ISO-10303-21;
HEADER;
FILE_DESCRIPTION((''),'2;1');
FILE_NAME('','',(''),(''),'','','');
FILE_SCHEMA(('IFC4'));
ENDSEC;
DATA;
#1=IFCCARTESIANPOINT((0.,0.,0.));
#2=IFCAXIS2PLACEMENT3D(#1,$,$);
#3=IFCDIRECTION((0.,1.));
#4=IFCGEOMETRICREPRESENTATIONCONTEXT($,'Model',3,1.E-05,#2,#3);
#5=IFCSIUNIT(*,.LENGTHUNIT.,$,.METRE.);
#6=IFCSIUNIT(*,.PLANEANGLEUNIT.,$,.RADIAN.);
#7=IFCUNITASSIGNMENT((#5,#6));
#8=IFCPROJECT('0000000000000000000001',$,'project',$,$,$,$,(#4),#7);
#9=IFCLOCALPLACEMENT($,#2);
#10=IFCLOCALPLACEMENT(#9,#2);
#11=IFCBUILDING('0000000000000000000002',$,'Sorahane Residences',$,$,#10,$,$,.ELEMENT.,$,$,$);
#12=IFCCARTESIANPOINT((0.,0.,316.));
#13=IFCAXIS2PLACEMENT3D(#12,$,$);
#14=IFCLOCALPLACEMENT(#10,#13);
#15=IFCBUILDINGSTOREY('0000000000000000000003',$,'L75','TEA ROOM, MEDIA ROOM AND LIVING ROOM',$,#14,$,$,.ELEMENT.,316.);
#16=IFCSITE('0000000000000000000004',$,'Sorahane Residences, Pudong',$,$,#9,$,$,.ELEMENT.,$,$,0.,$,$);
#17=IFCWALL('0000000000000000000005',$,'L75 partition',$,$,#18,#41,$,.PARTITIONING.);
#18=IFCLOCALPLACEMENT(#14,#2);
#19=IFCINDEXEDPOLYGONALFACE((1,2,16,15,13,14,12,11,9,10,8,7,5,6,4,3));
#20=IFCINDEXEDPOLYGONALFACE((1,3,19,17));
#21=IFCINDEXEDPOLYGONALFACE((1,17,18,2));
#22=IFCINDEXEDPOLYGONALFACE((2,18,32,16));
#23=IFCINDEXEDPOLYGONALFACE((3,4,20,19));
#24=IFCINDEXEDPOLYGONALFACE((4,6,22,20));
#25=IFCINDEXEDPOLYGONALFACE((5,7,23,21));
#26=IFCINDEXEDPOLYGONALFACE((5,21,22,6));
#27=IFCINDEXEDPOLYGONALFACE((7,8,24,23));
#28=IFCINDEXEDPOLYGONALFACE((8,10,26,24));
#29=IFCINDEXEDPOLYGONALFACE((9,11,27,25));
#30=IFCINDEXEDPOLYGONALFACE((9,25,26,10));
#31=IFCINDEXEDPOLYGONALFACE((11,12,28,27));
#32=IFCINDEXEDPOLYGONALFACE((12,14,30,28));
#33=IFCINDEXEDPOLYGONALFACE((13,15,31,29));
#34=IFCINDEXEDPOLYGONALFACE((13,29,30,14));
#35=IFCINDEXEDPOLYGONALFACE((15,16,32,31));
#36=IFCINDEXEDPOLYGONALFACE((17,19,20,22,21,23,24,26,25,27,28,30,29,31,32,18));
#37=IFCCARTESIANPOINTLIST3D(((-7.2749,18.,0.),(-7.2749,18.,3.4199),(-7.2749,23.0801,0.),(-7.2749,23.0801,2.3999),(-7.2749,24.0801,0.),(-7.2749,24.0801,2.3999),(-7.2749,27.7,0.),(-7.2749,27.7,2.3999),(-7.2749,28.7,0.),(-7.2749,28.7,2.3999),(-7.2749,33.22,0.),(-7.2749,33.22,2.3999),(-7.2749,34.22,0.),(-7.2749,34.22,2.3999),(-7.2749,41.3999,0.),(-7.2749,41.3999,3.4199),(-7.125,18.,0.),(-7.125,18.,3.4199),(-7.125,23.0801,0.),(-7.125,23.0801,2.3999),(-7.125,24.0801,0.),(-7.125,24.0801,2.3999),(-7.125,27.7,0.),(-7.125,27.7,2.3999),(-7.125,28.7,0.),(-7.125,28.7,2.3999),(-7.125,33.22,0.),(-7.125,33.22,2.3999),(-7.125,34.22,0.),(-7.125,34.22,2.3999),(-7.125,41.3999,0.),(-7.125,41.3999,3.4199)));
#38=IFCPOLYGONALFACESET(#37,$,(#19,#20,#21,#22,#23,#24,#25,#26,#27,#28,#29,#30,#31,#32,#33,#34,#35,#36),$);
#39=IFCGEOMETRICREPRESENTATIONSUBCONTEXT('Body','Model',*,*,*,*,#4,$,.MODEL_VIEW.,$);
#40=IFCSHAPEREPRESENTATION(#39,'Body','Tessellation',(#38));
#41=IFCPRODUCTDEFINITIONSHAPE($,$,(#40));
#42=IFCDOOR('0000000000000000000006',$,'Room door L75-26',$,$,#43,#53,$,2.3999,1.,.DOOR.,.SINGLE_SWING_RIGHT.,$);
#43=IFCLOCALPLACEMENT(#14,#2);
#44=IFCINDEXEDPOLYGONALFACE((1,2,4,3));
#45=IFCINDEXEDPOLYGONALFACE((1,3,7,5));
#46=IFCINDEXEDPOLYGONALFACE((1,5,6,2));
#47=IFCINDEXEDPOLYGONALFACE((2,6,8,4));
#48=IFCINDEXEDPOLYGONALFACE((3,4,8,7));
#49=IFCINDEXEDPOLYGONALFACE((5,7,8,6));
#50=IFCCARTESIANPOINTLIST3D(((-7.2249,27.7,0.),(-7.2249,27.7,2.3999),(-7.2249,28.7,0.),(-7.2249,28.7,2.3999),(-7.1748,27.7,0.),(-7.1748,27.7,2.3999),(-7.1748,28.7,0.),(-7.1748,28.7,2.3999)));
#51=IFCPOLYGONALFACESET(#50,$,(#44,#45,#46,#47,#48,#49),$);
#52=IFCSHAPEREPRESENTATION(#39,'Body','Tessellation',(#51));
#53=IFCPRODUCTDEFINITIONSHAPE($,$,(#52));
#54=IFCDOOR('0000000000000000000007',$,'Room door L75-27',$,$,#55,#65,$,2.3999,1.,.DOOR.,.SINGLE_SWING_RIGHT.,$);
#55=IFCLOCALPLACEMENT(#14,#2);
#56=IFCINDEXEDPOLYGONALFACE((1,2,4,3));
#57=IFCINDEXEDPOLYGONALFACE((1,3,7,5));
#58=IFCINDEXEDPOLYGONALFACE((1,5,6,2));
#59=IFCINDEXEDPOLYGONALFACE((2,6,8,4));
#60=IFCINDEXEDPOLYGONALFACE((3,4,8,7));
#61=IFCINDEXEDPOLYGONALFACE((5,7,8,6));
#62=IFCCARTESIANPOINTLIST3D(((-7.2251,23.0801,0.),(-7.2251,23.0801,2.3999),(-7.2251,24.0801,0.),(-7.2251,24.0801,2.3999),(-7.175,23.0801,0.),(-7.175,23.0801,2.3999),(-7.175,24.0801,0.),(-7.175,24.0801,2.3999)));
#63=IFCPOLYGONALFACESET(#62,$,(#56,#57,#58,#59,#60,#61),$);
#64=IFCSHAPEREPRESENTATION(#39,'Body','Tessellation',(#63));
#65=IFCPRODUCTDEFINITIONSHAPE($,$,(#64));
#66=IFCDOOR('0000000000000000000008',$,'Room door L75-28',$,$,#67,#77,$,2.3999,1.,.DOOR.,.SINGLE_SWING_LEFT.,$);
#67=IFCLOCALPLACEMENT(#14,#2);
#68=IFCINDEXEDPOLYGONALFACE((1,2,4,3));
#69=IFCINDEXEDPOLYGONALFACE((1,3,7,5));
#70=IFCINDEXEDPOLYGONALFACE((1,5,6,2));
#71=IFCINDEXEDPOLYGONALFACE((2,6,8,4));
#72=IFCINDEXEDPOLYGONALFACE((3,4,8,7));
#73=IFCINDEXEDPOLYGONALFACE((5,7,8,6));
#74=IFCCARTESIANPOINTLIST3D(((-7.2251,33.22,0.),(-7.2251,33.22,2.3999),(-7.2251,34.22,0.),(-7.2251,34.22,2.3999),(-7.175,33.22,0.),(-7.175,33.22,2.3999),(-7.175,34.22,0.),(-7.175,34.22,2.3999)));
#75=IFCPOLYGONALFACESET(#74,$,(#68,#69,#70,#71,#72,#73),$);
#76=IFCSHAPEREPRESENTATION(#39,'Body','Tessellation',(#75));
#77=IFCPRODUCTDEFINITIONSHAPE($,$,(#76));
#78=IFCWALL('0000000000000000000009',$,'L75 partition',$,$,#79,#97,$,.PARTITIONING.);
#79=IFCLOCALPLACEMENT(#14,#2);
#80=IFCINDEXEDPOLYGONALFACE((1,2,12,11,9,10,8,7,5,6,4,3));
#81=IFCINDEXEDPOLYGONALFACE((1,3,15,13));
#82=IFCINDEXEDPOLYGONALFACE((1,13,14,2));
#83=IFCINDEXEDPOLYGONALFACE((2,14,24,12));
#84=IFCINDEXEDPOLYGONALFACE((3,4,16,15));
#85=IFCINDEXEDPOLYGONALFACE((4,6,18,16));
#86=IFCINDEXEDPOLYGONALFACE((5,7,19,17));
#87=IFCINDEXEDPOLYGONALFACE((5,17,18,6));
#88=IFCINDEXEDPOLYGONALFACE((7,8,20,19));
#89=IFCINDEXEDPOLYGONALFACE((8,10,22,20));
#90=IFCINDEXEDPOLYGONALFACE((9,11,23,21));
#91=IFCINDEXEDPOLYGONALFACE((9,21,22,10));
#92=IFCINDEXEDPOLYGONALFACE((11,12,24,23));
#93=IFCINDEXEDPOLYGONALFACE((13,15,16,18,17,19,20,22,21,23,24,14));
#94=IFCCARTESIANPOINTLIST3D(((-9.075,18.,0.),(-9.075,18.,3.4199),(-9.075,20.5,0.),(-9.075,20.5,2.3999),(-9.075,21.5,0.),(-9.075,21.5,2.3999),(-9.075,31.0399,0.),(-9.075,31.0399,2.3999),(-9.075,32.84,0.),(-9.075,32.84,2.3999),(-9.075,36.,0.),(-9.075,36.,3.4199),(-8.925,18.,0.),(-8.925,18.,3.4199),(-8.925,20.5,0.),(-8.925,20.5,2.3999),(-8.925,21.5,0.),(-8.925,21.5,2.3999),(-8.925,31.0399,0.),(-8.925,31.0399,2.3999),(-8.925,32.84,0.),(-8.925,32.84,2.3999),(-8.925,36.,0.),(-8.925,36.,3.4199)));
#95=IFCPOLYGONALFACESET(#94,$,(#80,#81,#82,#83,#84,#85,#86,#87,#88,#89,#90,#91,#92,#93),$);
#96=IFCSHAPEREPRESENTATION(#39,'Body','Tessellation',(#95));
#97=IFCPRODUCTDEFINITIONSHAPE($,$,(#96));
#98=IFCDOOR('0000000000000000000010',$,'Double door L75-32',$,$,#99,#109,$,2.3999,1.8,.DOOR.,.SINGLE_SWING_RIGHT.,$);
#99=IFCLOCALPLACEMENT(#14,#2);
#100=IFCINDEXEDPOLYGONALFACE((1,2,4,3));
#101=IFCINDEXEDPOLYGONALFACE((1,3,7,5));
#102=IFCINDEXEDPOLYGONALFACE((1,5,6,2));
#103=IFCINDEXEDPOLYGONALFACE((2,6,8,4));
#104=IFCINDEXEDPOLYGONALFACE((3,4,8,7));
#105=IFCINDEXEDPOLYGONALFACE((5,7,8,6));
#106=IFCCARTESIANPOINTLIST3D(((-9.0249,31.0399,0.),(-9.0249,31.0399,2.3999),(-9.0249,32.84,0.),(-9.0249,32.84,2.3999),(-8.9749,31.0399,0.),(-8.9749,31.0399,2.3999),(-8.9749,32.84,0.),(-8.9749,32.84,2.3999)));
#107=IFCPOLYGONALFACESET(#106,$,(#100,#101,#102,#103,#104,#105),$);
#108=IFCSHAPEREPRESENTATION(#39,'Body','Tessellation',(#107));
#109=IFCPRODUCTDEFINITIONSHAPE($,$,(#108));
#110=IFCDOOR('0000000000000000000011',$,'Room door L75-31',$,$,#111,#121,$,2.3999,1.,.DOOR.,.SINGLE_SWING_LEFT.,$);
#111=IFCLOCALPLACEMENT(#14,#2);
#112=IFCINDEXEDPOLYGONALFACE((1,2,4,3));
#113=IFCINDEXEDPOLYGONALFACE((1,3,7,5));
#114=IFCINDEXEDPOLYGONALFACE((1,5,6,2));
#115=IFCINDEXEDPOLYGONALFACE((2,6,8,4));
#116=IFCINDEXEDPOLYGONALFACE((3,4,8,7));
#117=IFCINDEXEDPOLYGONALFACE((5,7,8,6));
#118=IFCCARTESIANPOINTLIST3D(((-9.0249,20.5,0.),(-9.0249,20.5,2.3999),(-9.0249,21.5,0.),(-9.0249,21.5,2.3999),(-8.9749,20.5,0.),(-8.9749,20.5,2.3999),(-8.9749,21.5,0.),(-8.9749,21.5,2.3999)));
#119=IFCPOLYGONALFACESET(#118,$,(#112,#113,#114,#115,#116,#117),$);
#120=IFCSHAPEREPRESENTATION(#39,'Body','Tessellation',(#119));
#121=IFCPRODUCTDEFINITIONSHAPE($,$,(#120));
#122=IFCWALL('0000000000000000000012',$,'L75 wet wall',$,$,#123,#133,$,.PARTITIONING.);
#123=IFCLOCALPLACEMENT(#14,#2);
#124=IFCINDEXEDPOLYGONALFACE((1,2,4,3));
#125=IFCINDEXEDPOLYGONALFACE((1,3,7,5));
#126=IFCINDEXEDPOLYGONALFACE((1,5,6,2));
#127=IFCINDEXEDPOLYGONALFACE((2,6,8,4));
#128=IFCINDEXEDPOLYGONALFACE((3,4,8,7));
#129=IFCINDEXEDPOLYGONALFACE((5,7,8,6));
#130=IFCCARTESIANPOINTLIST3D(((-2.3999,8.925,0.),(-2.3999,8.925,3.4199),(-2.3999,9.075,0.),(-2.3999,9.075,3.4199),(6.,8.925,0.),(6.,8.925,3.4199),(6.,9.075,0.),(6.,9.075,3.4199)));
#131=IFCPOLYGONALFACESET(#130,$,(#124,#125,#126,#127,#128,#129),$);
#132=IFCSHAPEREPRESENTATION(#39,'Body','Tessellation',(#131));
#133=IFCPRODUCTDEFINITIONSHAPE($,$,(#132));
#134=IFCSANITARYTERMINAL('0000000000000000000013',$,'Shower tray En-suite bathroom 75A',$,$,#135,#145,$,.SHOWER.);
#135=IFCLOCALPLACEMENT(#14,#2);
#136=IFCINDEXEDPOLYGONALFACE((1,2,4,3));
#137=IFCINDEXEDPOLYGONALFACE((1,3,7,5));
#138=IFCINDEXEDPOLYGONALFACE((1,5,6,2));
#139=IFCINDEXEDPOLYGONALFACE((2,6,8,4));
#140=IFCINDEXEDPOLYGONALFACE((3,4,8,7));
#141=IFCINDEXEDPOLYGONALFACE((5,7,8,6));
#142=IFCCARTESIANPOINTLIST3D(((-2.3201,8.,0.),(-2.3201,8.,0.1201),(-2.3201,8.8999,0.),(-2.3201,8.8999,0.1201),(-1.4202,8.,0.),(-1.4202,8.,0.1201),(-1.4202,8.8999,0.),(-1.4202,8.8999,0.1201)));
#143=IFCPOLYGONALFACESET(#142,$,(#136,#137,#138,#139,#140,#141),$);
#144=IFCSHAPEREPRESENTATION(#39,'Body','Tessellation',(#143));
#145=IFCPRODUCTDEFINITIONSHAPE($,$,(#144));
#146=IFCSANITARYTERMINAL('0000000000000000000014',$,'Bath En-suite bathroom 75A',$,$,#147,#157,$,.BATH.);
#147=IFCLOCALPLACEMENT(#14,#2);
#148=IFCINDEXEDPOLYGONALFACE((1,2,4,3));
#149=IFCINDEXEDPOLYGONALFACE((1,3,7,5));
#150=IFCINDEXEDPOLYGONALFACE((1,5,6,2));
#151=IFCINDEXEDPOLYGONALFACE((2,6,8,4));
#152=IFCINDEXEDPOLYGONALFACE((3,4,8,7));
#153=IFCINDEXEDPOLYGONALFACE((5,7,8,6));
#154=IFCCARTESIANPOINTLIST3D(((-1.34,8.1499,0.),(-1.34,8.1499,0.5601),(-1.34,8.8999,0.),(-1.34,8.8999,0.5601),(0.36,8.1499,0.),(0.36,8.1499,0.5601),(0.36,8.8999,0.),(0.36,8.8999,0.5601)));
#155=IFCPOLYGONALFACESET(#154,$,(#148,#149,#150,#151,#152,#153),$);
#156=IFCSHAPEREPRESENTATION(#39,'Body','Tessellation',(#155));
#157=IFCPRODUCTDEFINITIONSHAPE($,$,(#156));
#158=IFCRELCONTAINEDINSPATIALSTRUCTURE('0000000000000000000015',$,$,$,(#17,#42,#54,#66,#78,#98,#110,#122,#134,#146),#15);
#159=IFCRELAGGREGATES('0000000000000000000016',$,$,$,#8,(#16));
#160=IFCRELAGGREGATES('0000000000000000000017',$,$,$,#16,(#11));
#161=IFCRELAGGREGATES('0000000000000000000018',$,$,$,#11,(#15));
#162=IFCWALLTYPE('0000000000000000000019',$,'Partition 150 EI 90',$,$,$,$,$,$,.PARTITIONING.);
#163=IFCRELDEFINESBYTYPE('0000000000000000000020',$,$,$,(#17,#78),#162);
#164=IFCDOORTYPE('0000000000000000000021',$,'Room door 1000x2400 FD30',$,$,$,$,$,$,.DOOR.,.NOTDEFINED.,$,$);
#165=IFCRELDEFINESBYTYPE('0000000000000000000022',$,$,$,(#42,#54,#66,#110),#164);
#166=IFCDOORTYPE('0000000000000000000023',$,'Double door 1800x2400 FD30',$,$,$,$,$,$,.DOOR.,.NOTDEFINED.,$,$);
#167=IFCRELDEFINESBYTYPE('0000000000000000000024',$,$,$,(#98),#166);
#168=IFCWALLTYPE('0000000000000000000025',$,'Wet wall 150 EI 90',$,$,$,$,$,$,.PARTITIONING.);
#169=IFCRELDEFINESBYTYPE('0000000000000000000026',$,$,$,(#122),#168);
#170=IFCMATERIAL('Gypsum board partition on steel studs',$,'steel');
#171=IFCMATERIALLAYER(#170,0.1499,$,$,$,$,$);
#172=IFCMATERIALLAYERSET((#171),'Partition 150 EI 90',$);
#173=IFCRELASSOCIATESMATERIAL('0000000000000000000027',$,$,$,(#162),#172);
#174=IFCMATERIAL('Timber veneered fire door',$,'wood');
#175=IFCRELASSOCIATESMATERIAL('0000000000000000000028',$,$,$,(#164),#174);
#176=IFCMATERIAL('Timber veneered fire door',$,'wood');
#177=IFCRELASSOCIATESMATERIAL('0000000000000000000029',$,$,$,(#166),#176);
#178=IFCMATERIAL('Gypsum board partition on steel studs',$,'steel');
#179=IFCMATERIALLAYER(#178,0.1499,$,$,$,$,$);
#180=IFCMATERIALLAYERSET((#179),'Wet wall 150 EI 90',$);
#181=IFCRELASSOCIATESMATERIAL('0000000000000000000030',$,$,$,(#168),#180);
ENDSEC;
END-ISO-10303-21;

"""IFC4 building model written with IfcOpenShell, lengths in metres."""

from ifc_helpers import new_model, si_unit, direction, frame, frame_2d, origin, origin_2d, place, context, subcontext, project, spatial, rectangle, extrude, material, layer, layer_set, type_object, element, fill, save


model = new_model("IFC4")

# Units and contexts
model_context = context("Model", 3, precision=1e-05, world=origin(), true_north=direction((0.0, 1.0)))
body_context = subcontext(model_context, "Body", "Model", "MODEL_VIEW")
ifc_project = project(units=[si_unit("LENGTHUNIT", "METRE"), si_unit("PLANEANGLEUNIT", "RADIAN")], contexts=[model_context])

# Site, building, storey
site_placement = place(None, origin())
site = spatial("IfcSite", under=ifc_project, at=site_placement, Name="Sorahane Residences, Pudong", CompositionType="ELEMENT", RefElevation=0.0)
building_placement = place(site_placement, origin())
building = spatial("IfcBuilding", under=site, at=building_placement, Name="Sorahane Residences", CompositionType="ELEMENT")
storey_placement = place(building_placement, frame((0.0, 0.0, 316.0)))
storey = spatial("IfcBuildingStorey", under=building, at=storey_placement, Name="L75", Description="TEA ROOM, MEDIA ROOM AND LIVING ROOM", CompositionType="ELEMENT", Elevation=316.0)

# Shared definitions
ifc_material_1 = material(Name="Gypsum board partition on steel studs", Category="steel")
ifc_layer_1 = layer(ifc_material_1, 0.1499)
ifc_layer_set_1 = layer_set([ifc_layer_1], Name="Partition 150 EI 90")
wall_type_1 = type_object("IfcWallType", Name="Partition 150 EI 90", PredefinedType="PARTITIONING", material=ifc_layer_set_1)

# Walls, openings, doors
wall_1_placement = place(storey_placement, frame((-7.2, 18.0, 0.0), z_axis=(0.0, 0.0, 1.0), x_axis=(0.0, 1.0, 0.0)))
wall_1 = element("IfcWall", 1, at=wall_1_placement, inside=storey, type_object=wall_type_1, Name="L75 partition", PredefinedType="PARTITIONING", context=body_context, shape_type="SweptSolid", body=[
    extrude(rectangle(XDim=23.3999, YDim=0.1499, at=frame_2d((11.7, 0.0))), origin(), (0.0, 0.0, 1.0), 3.4199),
])
opening_1_placement = place(wall_1_placement, frame((9.7, 0.0, 0.0)))
opening_1 = element("IfcOpeningElement", 2, at=opening_1_placement, cuts=wall_1, PredefinedType="OPENING", context=body_context, shape_type="SweptSolid", body=[
    extrude(rectangle(XDim=1.0, YDim=2.3999, at=frame_2d((0.5, 1.2))), frame((0.0, 0.085, 0.0), z_axis=(0.0, -1.0, 0.0), x_axis=(1.0, 0.0, 0.0)), (0.0, 0.0, 1.0), 0.1699),
])
opening_2_placement = place(wall_1_placement, frame((5.0801, 0.0, 0.0)))
opening_2 = element("IfcOpeningElement", 3, at=opening_2_placement, cuts=wall_1, PredefinedType="OPENING", context=body_context, shape_type="SweptSolid", body=[
    extrude(rectangle(XDim=1.0, YDim=2.3999, at=frame_2d((0.5, 1.2))), frame((0.0, 0.085, 0.0), z_axis=(0.0, -1.0, 0.0), x_axis=(1.0, 0.0, 0.0)), (0.0, 0.0, 1.0), 0.1699),
])
opening_3_placement = place(wall_1_placement, frame((15.22, 0.0, 0.0)))
opening_3 = element("IfcOpeningElement", 4, at=opening_3_placement, cuts=wall_1, PredefinedType="OPENING", context=body_context, shape_type="SweptSolid", body=[
    extrude(rectangle(XDim=1.0, YDim=2.3999, at=frame_2d((0.5, 1.2))), frame((0.0, 0.085, 0.0), z_axis=(0.0, -1.0, 0.0), x_axis=(1.0, 0.0, 0.0)), (0.0, 0.0, 1.0), 0.1699),
])
ifc_material_2 = material(Name="Timber veneered fire door", Category="wood")
door_type_1 = type_object("IfcDoorType", Name="Room door 1000x2400 FD30", OperationType="NOTDEFINED", PredefinedType="DOOR", material=ifc_material_2)
door_1_placement = place(opening_1_placement, origin())
door_1 = element("IfcDoor", 5, at=door_1_placement, inside=storey, type_object=door_type_1, Name="Room door L75-26", OperationType="SINGLE_SWING_RIGHT", OverallHeight=2.3999, OverallWidth=1.0, PredefinedType="DOOR", context=body_context, shape_type="SweptSolid", body=[
    extrude(rectangle(XDim=1.0, YDim=2.3999, at=frame_2d((0.5, 1.2))), frame((0.0, 0.0249, 0.0), z_axis=(0.0, -1.0, 0.0), x_axis=(1.0, 0.0, 0.0)), (0.0, 0.0, 1.0), 0.05),
])
fill(opening_1, door_1)
door_2_placement = place(opening_2_placement, frame((1.0, 0.0, 0.0), z_axis=(0.0, 0.0, 1.0), x_axis=(-1.0, 0.0, 0.0)))
door_2 = element("IfcDoor", 6, at=door_2_placement, inside=storey, type_object=door_type_1, Name="Room door L75-27", OperationType="SINGLE_SWING_RIGHT", OverallHeight=2.3999, OverallWidth=1.0, PredefinedType="DOOR", context=body_context, shape_type="SweptSolid", body=[
    extrude(rectangle(XDim=1.0, YDim=2.3999, at=frame_2d((0.5, 1.2))), frame((0.0, 0.0249, 0.0), z_axis=(0.0, -1.0, 0.0), x_axis=(1.0, 0.0, 0.0)), (0.0, 0.0, 1.0), 0.05),
])
fill(opening_2, door_2)
door_3_placement = place(opening_3_placement, frame((1.0, 0.0, 0.0), z_axis=(0.0, 0.0, 1.0), x_axis=(-1.0, 0.0, 0.0)))
door_3 = element("IfcDoor", 7, at=door_3_placement, inside=storey, type_object=door_type_1, Name="Room door L75-28", OperationType="SINGLE_SWING_LEFT", OverallHeight=2.3999, OverallWidth=1.0, PredefinedType="DOOR", context=body_context, shape_type="SweptSolid", body=[
    extrude(rectangle(XDim=1.0, YDim=2.3999, at=frame_2d((0.5, 1.2))), frame((0.0, 0.0249, 0.0), z_axis=(0.0, -1.0, 0.0), x_axis=(1.0, 0.0, 0.0)), (0.0, 0.0, 1.0), 0.05),
])
fill(opening_3, door_3)
wall_2_placement = place(storey_placement, frame((-9.0, 18.0, 0.0), z_axis=(0.0, 0.0, 1.0), x_axis=(0.0, 1.0, 0.0)))
wall_2 = element("IfcWall", 8, at=wall_2_placement, inside=storey, type_object=wall_type_1, Name="L75 partition", PredefinedType="PARTITIONING", context=body_context, shape_type="SweptSolid", body=[
    extrude(rectangle(XDim=18.0, YDim=0.1499, at=frame_2d((9.0, 0.0))), origin(), (0.0, 0.0, 1.0), 3.4199),
])
opening_4_placement = place(wall_2_placement, frame((2.5, 0.0, 0.0)))
opening_4 = element("IfcOpeningElement", 9, at=opening_4_placement, cuts=wall_2, PredefinedType="OPENING", context=body_context, shape_type="SweptSolid", body=[
    extrude(rectangle(XDim=1.0, YDim=2.3999, at=frame_2d((0.5, 1.2))), frame((0.0, 0.085, 0.0), z_axis=(0.0, -1.0, 0.0), x_axis=(1.0, 0.0, 0.0)), (0.0, 0.0, 1.0), 0.1699),
])
opening_5_placement = place(wall_2_placement, frame((13.04, 0.0, 0.0)))
opening_5 = element("IfcOpeningElement", 10, at=opening_5_placement, cuts=wall_2, PredefinedType="OPENING", context=body_context, shape_type="SweptSolid", body=[
    extrude(rectangle(XDim=1.8, YDim=2.3999, at=frame_2d((0.8999, 1.2))), frame((0.0, 0.085, 0.0), z_axis=(0.0, -1.0, 0.0), x_axis=(1.0, 0.0, 0.0)), (0.0, 0.0, 1.0), 0.1699),
])
ifc_material_3 = material(Name="Timber veneered fire door", Category="wood")
door_type_2 = type_object("IfcDoorType", Name="Double door 1800x2400 FD30", OperationType="NOTDEFINED", PredefinedType="DOOR", material=ifc_material_3)
door_4_placement = place(opening_5_placement, origin())
door_4 = element("IfcDoor", 11, at=door_4_placement, inside=storey, type_object=door_type_2, Name="Double door L75-32", OperationType="SINGLE_SWING_RIGHT", OverallHeight=2.3999, OverallWidth=1.8, PredefinedType="DOOR", context=body_context, shape_type="SweptSolid", body=[
    extrude(rectangle(XDim=1.8, YDim=2.3999, at=frame_2d((0.8999, 1.2))), frame((0.0, 0.0249, 0.0), z_axis=(0.0, -1.0, 0.0), x_axis=(1.0, 0.0, 0.0)), (0.0, 0.0, 1.0), 0.05),
])
fill(opening_5, door_4)
door_5_placement = place(opening_4_placement, origin())
door_5 = element("IfcDoor", 12, at=door_5_placement, inside=storey, type_object=door_type_1, Name="Room door L75-31", OperationType="SINGLE_SWING_LEFT", OverallHeight=2.3999, OverallWidth=1.0, PredefinedType="DOOR", context=body_context, shape_type="SweptSolid", body=[
    extrude(rectangle(XDim=1.0, YDim=2.3999, at=frame_2d((0.5, 1.2))), frame((0.0, 0.0249, 0.0), z_axis=(0.0, -1.0, 0.0), x_axis=(1.0, 0.0, 0.0)), (0.0, 0.0, 1.0), 0.05),
])
fill(opening_4, door_5)

# Wall
ifc_material_4 = material(Name="Gypsum board partition on steel studs", Category="steel")
ifc_layer_2 = layer(ifc_material_4, 0.1499)
ifc_layer_set_2 = layer_set([ifc_layer_2], Name="Wet wall 150 EI 90")
wall_type_2 = type_object("IfcWallType", Name="Wet wall 150 EI 90", PredefinedType="PARTITIONING", material=ifc_layer_set_2)
wall_3_placement = place(storey_placement, frame((-2.3999, 9.0, 0.0), z_axis=(0.0, 0.0, 1.0), x_axis=(1.0, 0.0, 0.0)))
element("IfcWall", 13, at=wall_3_placement, inside=storey, type_object=wall_type_2, Name="L75 wet wall", PredefinedType="PARTITIONING", context=body_context, shape_type="SweptSolid", body=[
    extrude(rectangle(XDim=8.3999, YDim=0.1499, at=frame_2d((4.2, 0.0))), origin(), (0.0, 0.0, 1.0), 3.4199),
])

# Sanitary terminals
sanitary_terminal_1_placement = place(storey_placement, frame((-1.8701, 8.45, 0.0), z_axis=(0.0, 0.0, 1.0), x_axis=(1.0, 0.0, 0.0)))
element("IfcSanitaryTerminal", 14, at=sanitary_terminal_1_placement, inside=storey, Name="Shower tray En-suite bathroom 75A", PredefinedType="SHOWER", context=body_context, shape_type="SweptSolid", body=[
    extrude(rectangle(XDim=0.8999, YDim=0.8999, at=origin_2d()), origin(), (0.0, 0.0, 1.0), 0.1201),
])
sanitary_terminal_2_placement = place(storey_placement, frame((-0.49, 8.5249, 0.0), z_axis=(0.0, 0.0, 1.0), x_axis=(1.0, 0.0, 0.0)))
element("IfcSanitaryTerminal", 15, at=sanitary_terminal_2_placement, inside=storey, Name="Bath En-suite bathroom 75A", PredefinedType="BATH", context=body_context, shape_type="SweptSolid", body=[
    extrude(rectangle(XDim=1.7, YDim=0.75, at=origin_2d()), origin(), (0.0, 0.0, 1.0), 0.5601),
])

save(model, "model.ifc")
